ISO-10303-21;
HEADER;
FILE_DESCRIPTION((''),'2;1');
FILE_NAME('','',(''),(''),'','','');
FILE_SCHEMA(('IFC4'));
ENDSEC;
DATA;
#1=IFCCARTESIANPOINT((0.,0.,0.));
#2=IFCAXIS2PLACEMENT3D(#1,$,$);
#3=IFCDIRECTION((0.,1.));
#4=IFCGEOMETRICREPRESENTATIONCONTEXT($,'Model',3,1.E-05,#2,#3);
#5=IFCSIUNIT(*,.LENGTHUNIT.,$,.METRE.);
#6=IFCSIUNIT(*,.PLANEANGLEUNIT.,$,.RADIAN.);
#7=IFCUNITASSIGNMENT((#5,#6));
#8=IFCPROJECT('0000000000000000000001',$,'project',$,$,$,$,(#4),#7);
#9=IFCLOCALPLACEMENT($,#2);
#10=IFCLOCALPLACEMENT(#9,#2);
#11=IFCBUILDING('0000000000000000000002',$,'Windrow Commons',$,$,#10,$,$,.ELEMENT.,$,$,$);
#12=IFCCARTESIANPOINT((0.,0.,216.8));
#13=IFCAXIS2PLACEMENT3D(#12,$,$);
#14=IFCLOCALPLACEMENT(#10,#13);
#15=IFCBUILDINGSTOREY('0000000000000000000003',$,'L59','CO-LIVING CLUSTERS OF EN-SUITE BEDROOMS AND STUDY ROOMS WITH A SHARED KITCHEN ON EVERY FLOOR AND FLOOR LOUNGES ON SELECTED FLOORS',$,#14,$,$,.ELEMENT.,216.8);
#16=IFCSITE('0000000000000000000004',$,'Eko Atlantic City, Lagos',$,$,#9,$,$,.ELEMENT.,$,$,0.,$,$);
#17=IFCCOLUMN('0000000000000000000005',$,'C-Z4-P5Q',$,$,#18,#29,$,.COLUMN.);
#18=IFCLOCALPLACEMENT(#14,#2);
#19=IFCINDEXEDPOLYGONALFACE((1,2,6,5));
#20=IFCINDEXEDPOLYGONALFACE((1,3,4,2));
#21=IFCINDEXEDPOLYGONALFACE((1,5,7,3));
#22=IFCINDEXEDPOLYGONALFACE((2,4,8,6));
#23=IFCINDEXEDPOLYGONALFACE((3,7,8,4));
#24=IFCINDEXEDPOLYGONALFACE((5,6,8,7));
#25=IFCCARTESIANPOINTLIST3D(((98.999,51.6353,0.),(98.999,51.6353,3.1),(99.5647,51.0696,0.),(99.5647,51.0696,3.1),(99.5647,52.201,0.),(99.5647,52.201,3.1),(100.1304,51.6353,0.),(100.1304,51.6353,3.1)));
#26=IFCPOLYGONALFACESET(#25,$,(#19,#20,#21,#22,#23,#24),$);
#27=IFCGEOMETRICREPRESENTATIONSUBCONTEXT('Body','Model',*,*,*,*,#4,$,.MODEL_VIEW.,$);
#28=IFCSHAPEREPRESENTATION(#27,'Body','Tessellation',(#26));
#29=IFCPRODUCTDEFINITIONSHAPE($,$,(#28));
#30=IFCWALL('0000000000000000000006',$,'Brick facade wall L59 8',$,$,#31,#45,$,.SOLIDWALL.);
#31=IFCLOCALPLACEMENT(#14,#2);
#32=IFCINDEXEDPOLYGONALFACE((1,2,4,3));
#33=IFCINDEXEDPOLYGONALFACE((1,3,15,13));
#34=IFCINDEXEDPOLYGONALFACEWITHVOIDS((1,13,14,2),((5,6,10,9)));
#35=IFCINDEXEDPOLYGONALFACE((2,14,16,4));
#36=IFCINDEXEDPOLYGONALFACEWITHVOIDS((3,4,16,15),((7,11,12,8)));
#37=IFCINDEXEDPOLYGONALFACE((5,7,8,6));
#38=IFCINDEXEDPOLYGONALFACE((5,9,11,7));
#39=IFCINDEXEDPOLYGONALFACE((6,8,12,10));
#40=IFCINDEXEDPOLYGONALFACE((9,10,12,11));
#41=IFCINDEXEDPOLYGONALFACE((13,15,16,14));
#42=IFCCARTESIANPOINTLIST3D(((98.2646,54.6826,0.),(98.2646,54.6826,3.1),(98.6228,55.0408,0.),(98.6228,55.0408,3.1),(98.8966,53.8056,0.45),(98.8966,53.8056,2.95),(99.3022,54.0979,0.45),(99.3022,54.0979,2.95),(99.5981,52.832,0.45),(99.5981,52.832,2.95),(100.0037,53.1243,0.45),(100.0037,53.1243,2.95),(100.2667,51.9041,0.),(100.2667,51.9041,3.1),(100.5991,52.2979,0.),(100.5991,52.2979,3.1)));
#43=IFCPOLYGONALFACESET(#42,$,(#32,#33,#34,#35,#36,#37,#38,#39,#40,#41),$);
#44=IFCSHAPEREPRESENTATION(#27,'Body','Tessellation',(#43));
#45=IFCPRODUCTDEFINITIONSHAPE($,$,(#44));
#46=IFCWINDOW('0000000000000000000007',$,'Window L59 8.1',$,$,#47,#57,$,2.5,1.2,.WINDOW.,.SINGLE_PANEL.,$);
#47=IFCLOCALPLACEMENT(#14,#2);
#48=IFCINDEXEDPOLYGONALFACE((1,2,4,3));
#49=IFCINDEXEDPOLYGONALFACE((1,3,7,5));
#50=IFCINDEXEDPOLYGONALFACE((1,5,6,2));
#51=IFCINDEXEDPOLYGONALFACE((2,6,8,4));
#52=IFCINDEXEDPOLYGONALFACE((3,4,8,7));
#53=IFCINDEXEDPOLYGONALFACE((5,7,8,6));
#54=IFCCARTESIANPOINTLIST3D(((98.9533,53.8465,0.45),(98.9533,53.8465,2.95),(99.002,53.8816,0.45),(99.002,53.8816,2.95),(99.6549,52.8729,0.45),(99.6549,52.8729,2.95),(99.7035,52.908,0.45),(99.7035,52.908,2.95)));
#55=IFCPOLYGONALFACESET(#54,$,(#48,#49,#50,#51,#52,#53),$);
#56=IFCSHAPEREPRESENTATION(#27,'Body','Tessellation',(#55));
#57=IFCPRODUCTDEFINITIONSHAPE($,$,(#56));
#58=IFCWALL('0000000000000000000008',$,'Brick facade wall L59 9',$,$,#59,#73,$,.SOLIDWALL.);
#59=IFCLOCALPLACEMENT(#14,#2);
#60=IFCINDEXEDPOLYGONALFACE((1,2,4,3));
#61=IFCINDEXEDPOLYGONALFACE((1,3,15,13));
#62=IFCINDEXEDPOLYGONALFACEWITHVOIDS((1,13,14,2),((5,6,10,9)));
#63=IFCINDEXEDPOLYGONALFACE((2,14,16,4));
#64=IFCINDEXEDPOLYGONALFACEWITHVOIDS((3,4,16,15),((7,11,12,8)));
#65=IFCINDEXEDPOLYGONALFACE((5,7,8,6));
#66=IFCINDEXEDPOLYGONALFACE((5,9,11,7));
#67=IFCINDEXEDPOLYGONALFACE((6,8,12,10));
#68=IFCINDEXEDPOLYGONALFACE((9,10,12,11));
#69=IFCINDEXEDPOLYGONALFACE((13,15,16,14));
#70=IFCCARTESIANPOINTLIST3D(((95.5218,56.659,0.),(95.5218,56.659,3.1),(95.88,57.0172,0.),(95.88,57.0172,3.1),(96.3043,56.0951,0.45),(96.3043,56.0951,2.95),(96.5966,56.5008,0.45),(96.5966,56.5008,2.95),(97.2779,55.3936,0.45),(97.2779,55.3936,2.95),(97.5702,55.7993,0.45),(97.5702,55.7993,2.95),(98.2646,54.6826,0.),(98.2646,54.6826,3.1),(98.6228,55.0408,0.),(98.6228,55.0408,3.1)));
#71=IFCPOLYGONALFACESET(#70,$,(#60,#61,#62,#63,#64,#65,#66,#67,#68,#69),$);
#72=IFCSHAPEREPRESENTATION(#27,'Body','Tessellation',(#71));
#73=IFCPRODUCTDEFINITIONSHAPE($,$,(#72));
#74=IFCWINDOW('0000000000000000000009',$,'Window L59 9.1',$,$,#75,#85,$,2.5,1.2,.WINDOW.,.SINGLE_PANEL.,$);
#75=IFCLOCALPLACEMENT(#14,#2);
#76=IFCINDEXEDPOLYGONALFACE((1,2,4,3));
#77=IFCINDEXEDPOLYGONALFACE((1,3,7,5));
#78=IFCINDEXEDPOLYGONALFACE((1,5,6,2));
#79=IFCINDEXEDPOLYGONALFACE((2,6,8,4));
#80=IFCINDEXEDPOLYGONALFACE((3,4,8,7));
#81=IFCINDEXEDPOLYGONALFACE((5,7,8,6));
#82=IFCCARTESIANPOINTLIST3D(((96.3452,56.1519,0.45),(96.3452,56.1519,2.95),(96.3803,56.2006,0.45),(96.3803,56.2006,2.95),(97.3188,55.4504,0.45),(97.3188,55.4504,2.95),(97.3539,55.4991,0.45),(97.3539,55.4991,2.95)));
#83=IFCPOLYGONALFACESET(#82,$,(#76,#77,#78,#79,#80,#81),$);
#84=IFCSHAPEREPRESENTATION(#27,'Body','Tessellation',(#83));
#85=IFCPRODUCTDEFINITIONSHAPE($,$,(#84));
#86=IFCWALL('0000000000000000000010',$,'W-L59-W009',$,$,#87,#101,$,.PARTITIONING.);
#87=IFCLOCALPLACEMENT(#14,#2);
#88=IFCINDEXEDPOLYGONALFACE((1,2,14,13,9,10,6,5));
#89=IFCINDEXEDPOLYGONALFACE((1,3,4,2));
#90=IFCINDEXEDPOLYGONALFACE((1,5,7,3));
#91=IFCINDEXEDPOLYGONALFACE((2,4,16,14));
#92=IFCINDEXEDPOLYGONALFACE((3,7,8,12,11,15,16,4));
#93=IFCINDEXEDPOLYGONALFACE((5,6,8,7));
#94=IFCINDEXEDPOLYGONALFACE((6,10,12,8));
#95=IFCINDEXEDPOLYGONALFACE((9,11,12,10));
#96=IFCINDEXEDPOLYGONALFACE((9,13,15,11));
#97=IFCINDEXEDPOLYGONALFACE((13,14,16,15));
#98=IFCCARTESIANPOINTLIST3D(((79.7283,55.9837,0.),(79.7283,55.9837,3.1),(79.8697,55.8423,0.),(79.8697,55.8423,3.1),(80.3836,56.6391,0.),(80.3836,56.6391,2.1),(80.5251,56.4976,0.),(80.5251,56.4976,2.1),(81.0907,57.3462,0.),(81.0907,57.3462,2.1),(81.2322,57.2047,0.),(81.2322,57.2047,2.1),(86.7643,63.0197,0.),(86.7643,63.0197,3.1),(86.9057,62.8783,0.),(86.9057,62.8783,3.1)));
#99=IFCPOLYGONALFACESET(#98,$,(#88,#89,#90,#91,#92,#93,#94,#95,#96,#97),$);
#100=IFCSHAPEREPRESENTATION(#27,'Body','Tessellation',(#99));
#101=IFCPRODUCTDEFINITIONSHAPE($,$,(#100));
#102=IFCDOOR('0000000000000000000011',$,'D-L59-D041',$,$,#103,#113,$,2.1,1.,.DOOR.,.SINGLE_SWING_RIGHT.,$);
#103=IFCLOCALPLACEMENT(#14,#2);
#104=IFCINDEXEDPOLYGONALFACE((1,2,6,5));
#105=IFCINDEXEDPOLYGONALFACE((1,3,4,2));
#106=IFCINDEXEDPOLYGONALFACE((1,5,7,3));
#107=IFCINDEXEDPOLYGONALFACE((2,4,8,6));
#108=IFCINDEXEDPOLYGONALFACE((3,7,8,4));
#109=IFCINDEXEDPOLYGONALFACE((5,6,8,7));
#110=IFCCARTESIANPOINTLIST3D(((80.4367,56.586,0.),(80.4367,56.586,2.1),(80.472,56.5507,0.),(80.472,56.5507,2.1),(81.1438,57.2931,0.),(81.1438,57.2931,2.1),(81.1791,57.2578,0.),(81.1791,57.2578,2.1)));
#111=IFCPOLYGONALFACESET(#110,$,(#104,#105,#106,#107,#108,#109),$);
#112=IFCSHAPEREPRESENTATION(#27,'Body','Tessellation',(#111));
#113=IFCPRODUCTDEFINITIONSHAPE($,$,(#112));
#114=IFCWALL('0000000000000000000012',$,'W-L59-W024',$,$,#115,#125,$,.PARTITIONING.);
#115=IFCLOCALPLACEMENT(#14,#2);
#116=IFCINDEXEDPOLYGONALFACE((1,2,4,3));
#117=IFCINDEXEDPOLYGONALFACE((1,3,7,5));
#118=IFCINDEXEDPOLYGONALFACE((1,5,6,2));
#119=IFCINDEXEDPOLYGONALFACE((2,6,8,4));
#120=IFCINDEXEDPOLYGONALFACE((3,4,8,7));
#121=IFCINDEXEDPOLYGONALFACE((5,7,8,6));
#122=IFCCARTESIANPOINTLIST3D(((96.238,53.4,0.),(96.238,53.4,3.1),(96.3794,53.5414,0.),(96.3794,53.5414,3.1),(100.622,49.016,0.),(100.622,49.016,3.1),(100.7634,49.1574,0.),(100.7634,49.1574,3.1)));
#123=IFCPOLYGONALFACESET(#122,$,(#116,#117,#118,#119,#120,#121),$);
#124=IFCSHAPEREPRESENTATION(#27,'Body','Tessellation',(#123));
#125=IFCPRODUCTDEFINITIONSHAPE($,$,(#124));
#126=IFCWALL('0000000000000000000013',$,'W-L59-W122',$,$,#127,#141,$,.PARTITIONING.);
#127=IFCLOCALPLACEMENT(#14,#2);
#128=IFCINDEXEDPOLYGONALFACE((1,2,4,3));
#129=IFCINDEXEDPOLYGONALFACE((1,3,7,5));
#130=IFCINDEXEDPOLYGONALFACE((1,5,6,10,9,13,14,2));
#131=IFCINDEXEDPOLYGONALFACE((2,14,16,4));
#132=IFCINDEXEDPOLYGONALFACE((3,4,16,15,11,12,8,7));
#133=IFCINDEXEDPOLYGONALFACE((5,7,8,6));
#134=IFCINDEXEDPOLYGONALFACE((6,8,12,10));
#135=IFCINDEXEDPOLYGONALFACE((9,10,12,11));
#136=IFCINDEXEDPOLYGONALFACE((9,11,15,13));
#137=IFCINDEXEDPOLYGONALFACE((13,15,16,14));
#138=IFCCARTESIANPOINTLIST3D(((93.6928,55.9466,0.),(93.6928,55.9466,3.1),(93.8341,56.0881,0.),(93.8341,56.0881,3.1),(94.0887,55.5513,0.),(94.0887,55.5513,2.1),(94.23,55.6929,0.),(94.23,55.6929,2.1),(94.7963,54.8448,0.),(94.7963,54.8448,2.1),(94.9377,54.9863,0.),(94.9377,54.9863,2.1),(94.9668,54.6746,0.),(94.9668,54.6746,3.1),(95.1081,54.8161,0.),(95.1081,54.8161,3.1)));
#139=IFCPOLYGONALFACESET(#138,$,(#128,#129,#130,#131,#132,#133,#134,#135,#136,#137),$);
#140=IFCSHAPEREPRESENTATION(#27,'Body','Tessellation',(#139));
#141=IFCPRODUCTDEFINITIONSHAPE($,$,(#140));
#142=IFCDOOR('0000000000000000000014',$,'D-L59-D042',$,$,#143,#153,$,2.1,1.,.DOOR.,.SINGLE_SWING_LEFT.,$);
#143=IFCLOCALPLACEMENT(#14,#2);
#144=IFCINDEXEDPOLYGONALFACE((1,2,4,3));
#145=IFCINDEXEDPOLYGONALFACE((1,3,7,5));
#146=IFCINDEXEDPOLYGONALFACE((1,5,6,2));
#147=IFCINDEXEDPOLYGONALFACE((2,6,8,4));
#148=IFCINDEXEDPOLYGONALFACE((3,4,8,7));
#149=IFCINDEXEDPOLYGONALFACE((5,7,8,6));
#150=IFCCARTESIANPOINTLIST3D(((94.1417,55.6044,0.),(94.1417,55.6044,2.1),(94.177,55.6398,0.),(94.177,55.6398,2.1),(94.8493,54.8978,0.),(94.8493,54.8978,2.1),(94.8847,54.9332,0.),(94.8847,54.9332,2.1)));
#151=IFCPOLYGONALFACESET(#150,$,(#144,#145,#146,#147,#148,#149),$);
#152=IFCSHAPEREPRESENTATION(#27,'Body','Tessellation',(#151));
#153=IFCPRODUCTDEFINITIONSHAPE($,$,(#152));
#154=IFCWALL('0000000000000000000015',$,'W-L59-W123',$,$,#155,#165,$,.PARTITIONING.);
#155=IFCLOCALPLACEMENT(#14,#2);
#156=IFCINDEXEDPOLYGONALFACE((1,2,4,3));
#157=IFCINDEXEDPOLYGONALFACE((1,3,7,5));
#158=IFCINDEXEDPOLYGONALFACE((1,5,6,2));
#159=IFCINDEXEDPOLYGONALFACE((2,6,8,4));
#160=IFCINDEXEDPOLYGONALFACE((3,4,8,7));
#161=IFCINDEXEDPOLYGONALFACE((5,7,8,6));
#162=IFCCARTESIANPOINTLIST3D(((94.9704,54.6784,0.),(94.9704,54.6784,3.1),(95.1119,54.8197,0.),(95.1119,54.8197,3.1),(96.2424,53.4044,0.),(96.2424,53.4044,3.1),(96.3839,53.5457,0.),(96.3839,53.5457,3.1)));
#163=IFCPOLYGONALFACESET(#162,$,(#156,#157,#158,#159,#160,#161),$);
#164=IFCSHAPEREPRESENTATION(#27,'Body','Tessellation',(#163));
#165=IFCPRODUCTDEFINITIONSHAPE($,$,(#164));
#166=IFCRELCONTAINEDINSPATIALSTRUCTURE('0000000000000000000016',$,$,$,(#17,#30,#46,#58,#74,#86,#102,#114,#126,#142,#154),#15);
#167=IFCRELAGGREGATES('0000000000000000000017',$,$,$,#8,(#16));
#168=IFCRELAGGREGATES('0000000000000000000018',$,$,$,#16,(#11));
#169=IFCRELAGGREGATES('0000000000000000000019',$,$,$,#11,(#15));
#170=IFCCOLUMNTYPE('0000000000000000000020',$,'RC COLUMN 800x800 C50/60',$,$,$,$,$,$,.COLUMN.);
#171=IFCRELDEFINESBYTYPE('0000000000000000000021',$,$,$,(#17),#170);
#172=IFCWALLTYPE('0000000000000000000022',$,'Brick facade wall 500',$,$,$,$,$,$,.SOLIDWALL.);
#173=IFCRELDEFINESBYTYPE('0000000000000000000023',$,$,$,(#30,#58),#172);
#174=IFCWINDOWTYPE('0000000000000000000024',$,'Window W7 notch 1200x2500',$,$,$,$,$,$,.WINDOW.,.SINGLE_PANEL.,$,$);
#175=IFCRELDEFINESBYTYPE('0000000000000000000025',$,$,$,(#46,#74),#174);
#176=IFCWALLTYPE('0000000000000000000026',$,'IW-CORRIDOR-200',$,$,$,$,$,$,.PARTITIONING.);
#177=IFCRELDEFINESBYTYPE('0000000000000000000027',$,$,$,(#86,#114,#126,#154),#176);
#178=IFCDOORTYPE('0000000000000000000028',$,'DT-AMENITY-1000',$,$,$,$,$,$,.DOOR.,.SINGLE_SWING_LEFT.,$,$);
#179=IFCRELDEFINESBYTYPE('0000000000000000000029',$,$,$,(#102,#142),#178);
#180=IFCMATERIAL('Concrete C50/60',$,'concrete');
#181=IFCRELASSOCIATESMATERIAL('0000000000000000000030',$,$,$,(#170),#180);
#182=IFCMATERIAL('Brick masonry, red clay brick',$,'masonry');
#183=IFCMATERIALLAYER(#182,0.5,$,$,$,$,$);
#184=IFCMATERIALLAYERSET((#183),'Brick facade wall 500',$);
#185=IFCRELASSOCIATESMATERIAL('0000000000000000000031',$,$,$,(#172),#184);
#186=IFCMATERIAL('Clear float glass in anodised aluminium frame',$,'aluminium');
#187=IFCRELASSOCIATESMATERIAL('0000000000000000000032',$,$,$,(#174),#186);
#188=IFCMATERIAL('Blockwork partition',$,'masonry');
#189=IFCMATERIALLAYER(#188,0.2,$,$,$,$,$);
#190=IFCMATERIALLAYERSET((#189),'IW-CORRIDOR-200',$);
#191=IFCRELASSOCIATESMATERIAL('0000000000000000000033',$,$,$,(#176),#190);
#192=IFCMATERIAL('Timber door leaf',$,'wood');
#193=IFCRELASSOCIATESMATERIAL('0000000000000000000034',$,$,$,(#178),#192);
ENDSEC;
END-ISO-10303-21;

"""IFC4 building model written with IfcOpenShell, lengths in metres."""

from ifc_helpers import new_model, si_unit, direction, frame, frame_2d, origin, origin_2d, place, context, subcontext, project, spatial, polyline, rectangle, outline, extrude, material, layer, layer_set, material_profile, profile_set, type_object, element, fill, save


model = new_model("IFC4")

# Units and contexts
model_context = context("Model", 3, precision=1e-05, world=origin(), true_north=direction((0.0, 1.0)))
body_context = subcontext(model_context, "Body", "Model", "MODEL_VIEW")
ifc_project = project(units=[si_unit("LENGTHUNIT", "METRE"), si_unit("PLANEANGLEUNIT", "RADIAN")], contexts=[model_context])

# Site, building, storey
site_placement = place(None, origin())
site = spatial("IfcSite", under=ifc_project, at=site_placement, Name="Eko Atlantic City, Lagos", CompositionType="ELEMENT", RefElevation=0.0)
building_placement = place(site_placement, origin())
building = spatial("IfcBuilding", under=site, at=building_placement, Name="Windrow Commons", CompositionType="ELEMENT")
storey_placement = place(building_placement, frame((0.0, 0.0, 216.8)))
storey = spatial("IfcBuildingStorey", under=building, at=storey_placement, Name="L59", Description="CO-LIVING CLUSTERS OF EN-SUITE BEDROOMS AND STUDY ROOMS WITH A SHARED KITCHEN ON EVERY FLOOR AND FLOOR LOUNGES ON SELECTED FLOORS", CompositionType="ELEMENT", Elevation=216.8)

# Column
ifc_material_1 = material(Name="Concrete C50/60", Category="concrete")
ifc_material_profile = material_profile(ifc_material_1, rectangle(XDim=0.8, YDim=0.8, at=origin_2d()))
ifc_profile_set = profile_set([ifc_material_profile], Name="Concrete C50/60")
column_type = type_object("IfcColumnType", Name="RC COLUMN 800x800 C50/60", PredefinedType="COLUMN", material=ifc_profile_set)
column_placement = place(storey_placement, frame((99.5647, 51.6353, 0.0), z_axis=(0.0, 0.0, 1.0), x_axis=(0.707107, -0.707107, 0.0)))
element("IfcColumn", 1, at=column_placement, inside=storey, type_object=column_type, Name="C-Z4-P5Q", PredefinedType="COLUMN", context=body_context, shape_type="SweptSolid", body=[
    extrude(rectangle(XDim=0.8, YDim=0.8, at=origin_2d()), origin(), (0.0, 0.0, 1.0), 3.1),
])

# Walls, openings, windows
ifc_material_2 = material(Name="Brick masonry, red clay brick", Category="masonry")
ifc_layer_1 = layer(ifc_material_2, 0.5)
ifc_layer_set_1 = layer_set([ifc_layer_1], Name="Brick facade wall 500")
wall_type_1 = type_object("IfcWallType", Name="Brick facade wall 500", PredefinedType="SOLIDWALL", material=ifc_layer_set_1)
wall_1_placement = place(storey_placement, frame((100.4329, 52.101, 0.0), z_axis=(0.0, 0.0, 1.0), x_axis=(-0.584594, 0.811326, 0.0)))
wall_1 = element("IfcWall", 2, at=wall_1_placement, inside=storey, type_object=wall_type_1, Name="Brick facade wall L59 8", PredefinedType="SOLIDWALL", context=body_context, shape_type="SweptSolid", body=[
    extrude(outline(polyline([(0.0626, -0.25), (3.4433, -0.25), (3.3621, 0.25), (-0.0626, 0.25), (0.0626, -0.25)])), origin(), (0.0, 0.0, 1.0), 3.1),
])
opening_1_placement = place(wall_1_placement, frame((1.0811, 0.0, 0.45)))
opening_1 = element("IfcOpeningElement", 3, at=opening_1_placement, cuts=wall_1, PredefinedType="OPENING", context=body_context, shape_type="SweptSolid", body=[
    extrude(rectangle(XDim=1.2, YDim=2.5, at=frame_2d((0.6, 1.25))), frame((0.0, 0.26, 0.0), z_axis=(0.0, -1.0, 0.0), x_axis=(1.0, 0.0, 0.0)), (0.0, 0.0, 1.0), 0.52),
])
ifc_material_3 = material(Name="Clear float glass in anodised aluminium frame", Category="aluminium")
window_type = type_object("IfcWindowType", Name="Window W7 notch 1200x2500", PartitioningType="SINGLE_PANEL", PredefinedType="WINDOW", material=ifc_material_3)
window_1_placement = place(opening_1_placement, origin())
window_1 = element("IfcWindow", 4, at=window_1_placement, inside=storey, type_object=window_type, Name="Window L59 8.1", OverallHeight=2.5, OverallWidth=1.2, PartitioningType="SINGLE_PANEL", PredefinedType="WINDOW", context=body_context, shape_type="SweptSolid", body=[
    extrude(rectangle(XDim=1.2, YDim=2.5, at=frame_2d((0.6, 1.25))), frame((0.0, 0.18, 0.0), z_axis=(0.0, -1.0, 0.0), x_axis=(1.0, 0.0, 0.0)), (0.0, 0.0, 1.0), 0.06),
])
fill(opening_1, window_1)
wall_2_placement = place(storey_placement, frame((98.4437, 54.8617, 0.0), z_axis=(0.0, 0.0, 1.0), x_axis=(-0.811312, 0.584613, 0.0)))
wall_2 = element("IfcWall", 5, at=wall_2_placement, inside=storey, type_object=wall_type_1, Name="Brick facade wall L59 9", PredefinedType="SOLIDWALL", context=body_context, shape_type="SweptSolid", body=[
    extrude(outline(polyline([(-0.0406, -0.25), (3.3401, -0.25), (3.4213, 0.25), (0.0406, 0.25), (-0.0406, -0.25)])), origin(), (0.0, 0.0, 1.0), 3.1),
])
opening_2_placement = place(wall_2_placement, frame((1.2568, 0.0, 0.45)))
opening_2 = element("IfcOpeningElement", 6, at=opening_2_placement, cuts=wall_2, PredefinedType="OPENING", context=body_context, shape_type="SweptSolid", body=[
    extrude(rectangle(XDim=1.2, YDim=2.5, at=frame_2d((0.6, 1.25))), frame((0.0, 0.26, 0.0), z_axis=(0.0, -1.0, 0.0), x_axis=(1.0, 0.0, 0.0)), (0.0, 0.0, 1.0), 0.52),
])
window_2_placement = place(opening_2_placement, origin())
window_2 = element("IfcWindow", 7, at=window_2_placement, inside=storey, type_object=window_type, Name="Window L59 9.1", OverallHeight=2.5, OverallWidth=1.2, PartitioningType="SINGLE_PANEL", PredefinedType="WINDOW", context=body_context, shape_type="SweptSolid", body=[
    extrude(rectangle(XDim=1.2, YDim=2.5, at=frame_2d((0.6, 1.25))), frame((0.0, 0.18, 0.0), z_axis=(0.0, -1.0, 0.0), x_axis=(1.0, 0.0, 0.0)), (0.0, 0.0, 1.0), 0.06),
])
fill(opening_2, window_2)

# Wall, opening, door
ifc_material_4 = material(Name="Blockwork partition", Category="masonry")
ifc_layer_2 = layer(ifc_material_4, 0.2)
ifc_layer_set_2 = layer_set([ifc_layer_2], Name="IW-CORRIDOR-200")
wall_type_2 = type_object("IfcWallType", Name="IW-CORRIDOR-200", PredefinedType="PARTITIONING", material=ifc_layer_set_2)
wall_3_placement = place(storey_placement, frame((79.799, 55.913, 0.0), z_axis=(0.0, 0.0, 1.0), x_axis=(0.707107, 0.707107, 0.0)))
wall_3 = element("IfcWall", 8, at=wall_3_placement, inside=storey, type_object=wall_type_2, Name="W-L59-W009", PredefinedType="PARTITIONING", context=body_context, shape_type="SweptSolid", body=[
    extrude(rectangle(XDim=9.9504, YDim=0.2, at=frame_2d((4.9752, 0.0))), origin(), (0.0, 0.0, 1.0), 3.1),
])
opening_3_placement = place(wall_3_placement, frame((0.9268, 0.0, 0.0)))
opening_3 = element("IfcOpeningElement", 9, at=opening_3_placement, cuts=wall_3, PredefinedType="OPENING", context=body_context, shape_type="SweptSolid", body=[
    extrude(rectangle(XDim=1.0, YDim=2.1, at=frame_2d((0.5, 1.05))), frame((0.0, 0.11, 0.0), z_axis=(0.0, -1.0, 0.0), x_axis=(1.0, 0.0, 0.0)), (0.0, 0.0, 1.0), 0.22),
])
ifc_material_5 = material(Name="Timber door leaf", Category="wood")
door_type_1 = type_object("IfcDoorType", Name="DT-AMENITY-1000", OperationType="SINGLE_SWING_LEFT", PredefinedType="DOOR", material=ifc_material_5)
door_1_placement = place(opening_3_placement, origin())
door_1 = element("IfcDoor", 10, at=door_1_placement, inside=storey, type_object=door_type_1, Name="D-L59-D041", OperationType="SINGLE_SWING_RIGHT", OverallHeight=2.1, OverallWidth=1.0, PredefinedType="DOOR", context=body_context, shape_type="SweptSolid", body=[
    extrude(rectangle(XDim=1.0, YDim=2.1, at=frame_2d((0.5, 1.05))), frame((0.0, 0.025, 0.0), z_axis=(0.0, -1.0, 0.0), x_axis=(1.0, 0.0, 0.0)), (0.0, 0.0, 1.0), 0.05),
])
fill(opening_3, door_1)

# Wall
wall_4_placement = place(storey_placement, frame((96.3087, 53.4707, 0.0), z_axis=(0.0, 0.0, 1.0), x_axis=(0.707107, -0.707107, 0.0)))
element("IfcWall", 11, at=wall_4_placement, inside=storey, type_object=wall_type_2, Name="W-L59-W024", PredefinedType="PARTITIONING", context=body_context, shape_type="SweptSolid", body=[
    extrude(rectangle(XDim=6.1999, YDim=0.2, at=frame_2d((3.1, 0.0))), origin(), (0.0, 0.0, 1.0), 3.1),
])

# Wall, opening, door
wall_5_placement = place(storey_placement, frame((93.7634, 56.0174, 0.0), z_axis=(0.0, 0.0, 1.0), x_axis=(0.707662, -0.706551, 0.0)))
wall_5 = element("IfcWall", 12, at=wall_5_placement, inside=storey, type_object=wall_type_2, Name="W-L59-W122", PredefinedType="PARTITIONING", context=body_context, shape_type="SweptSolid", body=[
    extrude(rectangle(XDim=1.8003, YDim=0.2, at=frame_2d((0.9002, 0.0))), origin(), (0.0, 0.0, 1.0), 3.1),
])
opening_4_placement = place(wall_5_placement, frame((0.5595, 0.0, 0.0)))
opening_4 = element("IfcOpeningElement", 13, at=opening_4_placement, cuts=wall_5, PredefinedType="OPENING", context=body_context, shape_type="SweptSolid", body=[
    extrude(rectangle(XDim=1.0, YDim=2.1, at=frame_2d((0.5, 1.05))), frame((0.0, 0.11, 0.0), z_axis=(0.0, -1.0, 0.0), x_axis=(1.0, 0.0, 0.0)), (0.0, 0.0, 1.0), 0.22),
])
door_2_placement = place(opening_4_placement, origin())
door_2 = element("IfcDoor", 14, at=door_2_placement, inside=storey, type_object=door_type_1, Name="D-L59-D042", OperationType="SINGLE_SWING_LEFT", OverallHeight=2.1, OverallWidth=1.0, PredefinedType="DOOR", context=body_context, shape_type="SweptSolid", body=[
    extrude(rectangle(XDim=1.0, YDim=2.1, at=frame_2d((0.5, 1.05))), frame((0.0, 0.025, 0.0), z_axis=(0.0, -1.0, 0.0), x_axis=(1.0, 0.0, 0.0)), (0.0, 0.0, 1.0), 0.05),
])
fill(opening_4, door_2)

# Wall
wall_6_placement = place(storey_placement, frame((95.0411, 54.7491, 0.0), z_axis=(0.0, 0.0, 1.0), x_axis=(0.706551, -0.707662, 0.0)))
element("IfcWall", 15, at=wall_6_placement, inside=storey, type_object=wall_type_2, Name="W-L59-W123", PredefinedType="PARTITIONING", context=body_context, shape_type="SweptSolid", body=[
    extrude(rectangle(XDim=1.8003, YDim=0.2, at=frame_2d((0.9002, 0.0))), origin(), (0.0, 0.0, 1.0), 3.1),
])

save(model, "model.ifc")
